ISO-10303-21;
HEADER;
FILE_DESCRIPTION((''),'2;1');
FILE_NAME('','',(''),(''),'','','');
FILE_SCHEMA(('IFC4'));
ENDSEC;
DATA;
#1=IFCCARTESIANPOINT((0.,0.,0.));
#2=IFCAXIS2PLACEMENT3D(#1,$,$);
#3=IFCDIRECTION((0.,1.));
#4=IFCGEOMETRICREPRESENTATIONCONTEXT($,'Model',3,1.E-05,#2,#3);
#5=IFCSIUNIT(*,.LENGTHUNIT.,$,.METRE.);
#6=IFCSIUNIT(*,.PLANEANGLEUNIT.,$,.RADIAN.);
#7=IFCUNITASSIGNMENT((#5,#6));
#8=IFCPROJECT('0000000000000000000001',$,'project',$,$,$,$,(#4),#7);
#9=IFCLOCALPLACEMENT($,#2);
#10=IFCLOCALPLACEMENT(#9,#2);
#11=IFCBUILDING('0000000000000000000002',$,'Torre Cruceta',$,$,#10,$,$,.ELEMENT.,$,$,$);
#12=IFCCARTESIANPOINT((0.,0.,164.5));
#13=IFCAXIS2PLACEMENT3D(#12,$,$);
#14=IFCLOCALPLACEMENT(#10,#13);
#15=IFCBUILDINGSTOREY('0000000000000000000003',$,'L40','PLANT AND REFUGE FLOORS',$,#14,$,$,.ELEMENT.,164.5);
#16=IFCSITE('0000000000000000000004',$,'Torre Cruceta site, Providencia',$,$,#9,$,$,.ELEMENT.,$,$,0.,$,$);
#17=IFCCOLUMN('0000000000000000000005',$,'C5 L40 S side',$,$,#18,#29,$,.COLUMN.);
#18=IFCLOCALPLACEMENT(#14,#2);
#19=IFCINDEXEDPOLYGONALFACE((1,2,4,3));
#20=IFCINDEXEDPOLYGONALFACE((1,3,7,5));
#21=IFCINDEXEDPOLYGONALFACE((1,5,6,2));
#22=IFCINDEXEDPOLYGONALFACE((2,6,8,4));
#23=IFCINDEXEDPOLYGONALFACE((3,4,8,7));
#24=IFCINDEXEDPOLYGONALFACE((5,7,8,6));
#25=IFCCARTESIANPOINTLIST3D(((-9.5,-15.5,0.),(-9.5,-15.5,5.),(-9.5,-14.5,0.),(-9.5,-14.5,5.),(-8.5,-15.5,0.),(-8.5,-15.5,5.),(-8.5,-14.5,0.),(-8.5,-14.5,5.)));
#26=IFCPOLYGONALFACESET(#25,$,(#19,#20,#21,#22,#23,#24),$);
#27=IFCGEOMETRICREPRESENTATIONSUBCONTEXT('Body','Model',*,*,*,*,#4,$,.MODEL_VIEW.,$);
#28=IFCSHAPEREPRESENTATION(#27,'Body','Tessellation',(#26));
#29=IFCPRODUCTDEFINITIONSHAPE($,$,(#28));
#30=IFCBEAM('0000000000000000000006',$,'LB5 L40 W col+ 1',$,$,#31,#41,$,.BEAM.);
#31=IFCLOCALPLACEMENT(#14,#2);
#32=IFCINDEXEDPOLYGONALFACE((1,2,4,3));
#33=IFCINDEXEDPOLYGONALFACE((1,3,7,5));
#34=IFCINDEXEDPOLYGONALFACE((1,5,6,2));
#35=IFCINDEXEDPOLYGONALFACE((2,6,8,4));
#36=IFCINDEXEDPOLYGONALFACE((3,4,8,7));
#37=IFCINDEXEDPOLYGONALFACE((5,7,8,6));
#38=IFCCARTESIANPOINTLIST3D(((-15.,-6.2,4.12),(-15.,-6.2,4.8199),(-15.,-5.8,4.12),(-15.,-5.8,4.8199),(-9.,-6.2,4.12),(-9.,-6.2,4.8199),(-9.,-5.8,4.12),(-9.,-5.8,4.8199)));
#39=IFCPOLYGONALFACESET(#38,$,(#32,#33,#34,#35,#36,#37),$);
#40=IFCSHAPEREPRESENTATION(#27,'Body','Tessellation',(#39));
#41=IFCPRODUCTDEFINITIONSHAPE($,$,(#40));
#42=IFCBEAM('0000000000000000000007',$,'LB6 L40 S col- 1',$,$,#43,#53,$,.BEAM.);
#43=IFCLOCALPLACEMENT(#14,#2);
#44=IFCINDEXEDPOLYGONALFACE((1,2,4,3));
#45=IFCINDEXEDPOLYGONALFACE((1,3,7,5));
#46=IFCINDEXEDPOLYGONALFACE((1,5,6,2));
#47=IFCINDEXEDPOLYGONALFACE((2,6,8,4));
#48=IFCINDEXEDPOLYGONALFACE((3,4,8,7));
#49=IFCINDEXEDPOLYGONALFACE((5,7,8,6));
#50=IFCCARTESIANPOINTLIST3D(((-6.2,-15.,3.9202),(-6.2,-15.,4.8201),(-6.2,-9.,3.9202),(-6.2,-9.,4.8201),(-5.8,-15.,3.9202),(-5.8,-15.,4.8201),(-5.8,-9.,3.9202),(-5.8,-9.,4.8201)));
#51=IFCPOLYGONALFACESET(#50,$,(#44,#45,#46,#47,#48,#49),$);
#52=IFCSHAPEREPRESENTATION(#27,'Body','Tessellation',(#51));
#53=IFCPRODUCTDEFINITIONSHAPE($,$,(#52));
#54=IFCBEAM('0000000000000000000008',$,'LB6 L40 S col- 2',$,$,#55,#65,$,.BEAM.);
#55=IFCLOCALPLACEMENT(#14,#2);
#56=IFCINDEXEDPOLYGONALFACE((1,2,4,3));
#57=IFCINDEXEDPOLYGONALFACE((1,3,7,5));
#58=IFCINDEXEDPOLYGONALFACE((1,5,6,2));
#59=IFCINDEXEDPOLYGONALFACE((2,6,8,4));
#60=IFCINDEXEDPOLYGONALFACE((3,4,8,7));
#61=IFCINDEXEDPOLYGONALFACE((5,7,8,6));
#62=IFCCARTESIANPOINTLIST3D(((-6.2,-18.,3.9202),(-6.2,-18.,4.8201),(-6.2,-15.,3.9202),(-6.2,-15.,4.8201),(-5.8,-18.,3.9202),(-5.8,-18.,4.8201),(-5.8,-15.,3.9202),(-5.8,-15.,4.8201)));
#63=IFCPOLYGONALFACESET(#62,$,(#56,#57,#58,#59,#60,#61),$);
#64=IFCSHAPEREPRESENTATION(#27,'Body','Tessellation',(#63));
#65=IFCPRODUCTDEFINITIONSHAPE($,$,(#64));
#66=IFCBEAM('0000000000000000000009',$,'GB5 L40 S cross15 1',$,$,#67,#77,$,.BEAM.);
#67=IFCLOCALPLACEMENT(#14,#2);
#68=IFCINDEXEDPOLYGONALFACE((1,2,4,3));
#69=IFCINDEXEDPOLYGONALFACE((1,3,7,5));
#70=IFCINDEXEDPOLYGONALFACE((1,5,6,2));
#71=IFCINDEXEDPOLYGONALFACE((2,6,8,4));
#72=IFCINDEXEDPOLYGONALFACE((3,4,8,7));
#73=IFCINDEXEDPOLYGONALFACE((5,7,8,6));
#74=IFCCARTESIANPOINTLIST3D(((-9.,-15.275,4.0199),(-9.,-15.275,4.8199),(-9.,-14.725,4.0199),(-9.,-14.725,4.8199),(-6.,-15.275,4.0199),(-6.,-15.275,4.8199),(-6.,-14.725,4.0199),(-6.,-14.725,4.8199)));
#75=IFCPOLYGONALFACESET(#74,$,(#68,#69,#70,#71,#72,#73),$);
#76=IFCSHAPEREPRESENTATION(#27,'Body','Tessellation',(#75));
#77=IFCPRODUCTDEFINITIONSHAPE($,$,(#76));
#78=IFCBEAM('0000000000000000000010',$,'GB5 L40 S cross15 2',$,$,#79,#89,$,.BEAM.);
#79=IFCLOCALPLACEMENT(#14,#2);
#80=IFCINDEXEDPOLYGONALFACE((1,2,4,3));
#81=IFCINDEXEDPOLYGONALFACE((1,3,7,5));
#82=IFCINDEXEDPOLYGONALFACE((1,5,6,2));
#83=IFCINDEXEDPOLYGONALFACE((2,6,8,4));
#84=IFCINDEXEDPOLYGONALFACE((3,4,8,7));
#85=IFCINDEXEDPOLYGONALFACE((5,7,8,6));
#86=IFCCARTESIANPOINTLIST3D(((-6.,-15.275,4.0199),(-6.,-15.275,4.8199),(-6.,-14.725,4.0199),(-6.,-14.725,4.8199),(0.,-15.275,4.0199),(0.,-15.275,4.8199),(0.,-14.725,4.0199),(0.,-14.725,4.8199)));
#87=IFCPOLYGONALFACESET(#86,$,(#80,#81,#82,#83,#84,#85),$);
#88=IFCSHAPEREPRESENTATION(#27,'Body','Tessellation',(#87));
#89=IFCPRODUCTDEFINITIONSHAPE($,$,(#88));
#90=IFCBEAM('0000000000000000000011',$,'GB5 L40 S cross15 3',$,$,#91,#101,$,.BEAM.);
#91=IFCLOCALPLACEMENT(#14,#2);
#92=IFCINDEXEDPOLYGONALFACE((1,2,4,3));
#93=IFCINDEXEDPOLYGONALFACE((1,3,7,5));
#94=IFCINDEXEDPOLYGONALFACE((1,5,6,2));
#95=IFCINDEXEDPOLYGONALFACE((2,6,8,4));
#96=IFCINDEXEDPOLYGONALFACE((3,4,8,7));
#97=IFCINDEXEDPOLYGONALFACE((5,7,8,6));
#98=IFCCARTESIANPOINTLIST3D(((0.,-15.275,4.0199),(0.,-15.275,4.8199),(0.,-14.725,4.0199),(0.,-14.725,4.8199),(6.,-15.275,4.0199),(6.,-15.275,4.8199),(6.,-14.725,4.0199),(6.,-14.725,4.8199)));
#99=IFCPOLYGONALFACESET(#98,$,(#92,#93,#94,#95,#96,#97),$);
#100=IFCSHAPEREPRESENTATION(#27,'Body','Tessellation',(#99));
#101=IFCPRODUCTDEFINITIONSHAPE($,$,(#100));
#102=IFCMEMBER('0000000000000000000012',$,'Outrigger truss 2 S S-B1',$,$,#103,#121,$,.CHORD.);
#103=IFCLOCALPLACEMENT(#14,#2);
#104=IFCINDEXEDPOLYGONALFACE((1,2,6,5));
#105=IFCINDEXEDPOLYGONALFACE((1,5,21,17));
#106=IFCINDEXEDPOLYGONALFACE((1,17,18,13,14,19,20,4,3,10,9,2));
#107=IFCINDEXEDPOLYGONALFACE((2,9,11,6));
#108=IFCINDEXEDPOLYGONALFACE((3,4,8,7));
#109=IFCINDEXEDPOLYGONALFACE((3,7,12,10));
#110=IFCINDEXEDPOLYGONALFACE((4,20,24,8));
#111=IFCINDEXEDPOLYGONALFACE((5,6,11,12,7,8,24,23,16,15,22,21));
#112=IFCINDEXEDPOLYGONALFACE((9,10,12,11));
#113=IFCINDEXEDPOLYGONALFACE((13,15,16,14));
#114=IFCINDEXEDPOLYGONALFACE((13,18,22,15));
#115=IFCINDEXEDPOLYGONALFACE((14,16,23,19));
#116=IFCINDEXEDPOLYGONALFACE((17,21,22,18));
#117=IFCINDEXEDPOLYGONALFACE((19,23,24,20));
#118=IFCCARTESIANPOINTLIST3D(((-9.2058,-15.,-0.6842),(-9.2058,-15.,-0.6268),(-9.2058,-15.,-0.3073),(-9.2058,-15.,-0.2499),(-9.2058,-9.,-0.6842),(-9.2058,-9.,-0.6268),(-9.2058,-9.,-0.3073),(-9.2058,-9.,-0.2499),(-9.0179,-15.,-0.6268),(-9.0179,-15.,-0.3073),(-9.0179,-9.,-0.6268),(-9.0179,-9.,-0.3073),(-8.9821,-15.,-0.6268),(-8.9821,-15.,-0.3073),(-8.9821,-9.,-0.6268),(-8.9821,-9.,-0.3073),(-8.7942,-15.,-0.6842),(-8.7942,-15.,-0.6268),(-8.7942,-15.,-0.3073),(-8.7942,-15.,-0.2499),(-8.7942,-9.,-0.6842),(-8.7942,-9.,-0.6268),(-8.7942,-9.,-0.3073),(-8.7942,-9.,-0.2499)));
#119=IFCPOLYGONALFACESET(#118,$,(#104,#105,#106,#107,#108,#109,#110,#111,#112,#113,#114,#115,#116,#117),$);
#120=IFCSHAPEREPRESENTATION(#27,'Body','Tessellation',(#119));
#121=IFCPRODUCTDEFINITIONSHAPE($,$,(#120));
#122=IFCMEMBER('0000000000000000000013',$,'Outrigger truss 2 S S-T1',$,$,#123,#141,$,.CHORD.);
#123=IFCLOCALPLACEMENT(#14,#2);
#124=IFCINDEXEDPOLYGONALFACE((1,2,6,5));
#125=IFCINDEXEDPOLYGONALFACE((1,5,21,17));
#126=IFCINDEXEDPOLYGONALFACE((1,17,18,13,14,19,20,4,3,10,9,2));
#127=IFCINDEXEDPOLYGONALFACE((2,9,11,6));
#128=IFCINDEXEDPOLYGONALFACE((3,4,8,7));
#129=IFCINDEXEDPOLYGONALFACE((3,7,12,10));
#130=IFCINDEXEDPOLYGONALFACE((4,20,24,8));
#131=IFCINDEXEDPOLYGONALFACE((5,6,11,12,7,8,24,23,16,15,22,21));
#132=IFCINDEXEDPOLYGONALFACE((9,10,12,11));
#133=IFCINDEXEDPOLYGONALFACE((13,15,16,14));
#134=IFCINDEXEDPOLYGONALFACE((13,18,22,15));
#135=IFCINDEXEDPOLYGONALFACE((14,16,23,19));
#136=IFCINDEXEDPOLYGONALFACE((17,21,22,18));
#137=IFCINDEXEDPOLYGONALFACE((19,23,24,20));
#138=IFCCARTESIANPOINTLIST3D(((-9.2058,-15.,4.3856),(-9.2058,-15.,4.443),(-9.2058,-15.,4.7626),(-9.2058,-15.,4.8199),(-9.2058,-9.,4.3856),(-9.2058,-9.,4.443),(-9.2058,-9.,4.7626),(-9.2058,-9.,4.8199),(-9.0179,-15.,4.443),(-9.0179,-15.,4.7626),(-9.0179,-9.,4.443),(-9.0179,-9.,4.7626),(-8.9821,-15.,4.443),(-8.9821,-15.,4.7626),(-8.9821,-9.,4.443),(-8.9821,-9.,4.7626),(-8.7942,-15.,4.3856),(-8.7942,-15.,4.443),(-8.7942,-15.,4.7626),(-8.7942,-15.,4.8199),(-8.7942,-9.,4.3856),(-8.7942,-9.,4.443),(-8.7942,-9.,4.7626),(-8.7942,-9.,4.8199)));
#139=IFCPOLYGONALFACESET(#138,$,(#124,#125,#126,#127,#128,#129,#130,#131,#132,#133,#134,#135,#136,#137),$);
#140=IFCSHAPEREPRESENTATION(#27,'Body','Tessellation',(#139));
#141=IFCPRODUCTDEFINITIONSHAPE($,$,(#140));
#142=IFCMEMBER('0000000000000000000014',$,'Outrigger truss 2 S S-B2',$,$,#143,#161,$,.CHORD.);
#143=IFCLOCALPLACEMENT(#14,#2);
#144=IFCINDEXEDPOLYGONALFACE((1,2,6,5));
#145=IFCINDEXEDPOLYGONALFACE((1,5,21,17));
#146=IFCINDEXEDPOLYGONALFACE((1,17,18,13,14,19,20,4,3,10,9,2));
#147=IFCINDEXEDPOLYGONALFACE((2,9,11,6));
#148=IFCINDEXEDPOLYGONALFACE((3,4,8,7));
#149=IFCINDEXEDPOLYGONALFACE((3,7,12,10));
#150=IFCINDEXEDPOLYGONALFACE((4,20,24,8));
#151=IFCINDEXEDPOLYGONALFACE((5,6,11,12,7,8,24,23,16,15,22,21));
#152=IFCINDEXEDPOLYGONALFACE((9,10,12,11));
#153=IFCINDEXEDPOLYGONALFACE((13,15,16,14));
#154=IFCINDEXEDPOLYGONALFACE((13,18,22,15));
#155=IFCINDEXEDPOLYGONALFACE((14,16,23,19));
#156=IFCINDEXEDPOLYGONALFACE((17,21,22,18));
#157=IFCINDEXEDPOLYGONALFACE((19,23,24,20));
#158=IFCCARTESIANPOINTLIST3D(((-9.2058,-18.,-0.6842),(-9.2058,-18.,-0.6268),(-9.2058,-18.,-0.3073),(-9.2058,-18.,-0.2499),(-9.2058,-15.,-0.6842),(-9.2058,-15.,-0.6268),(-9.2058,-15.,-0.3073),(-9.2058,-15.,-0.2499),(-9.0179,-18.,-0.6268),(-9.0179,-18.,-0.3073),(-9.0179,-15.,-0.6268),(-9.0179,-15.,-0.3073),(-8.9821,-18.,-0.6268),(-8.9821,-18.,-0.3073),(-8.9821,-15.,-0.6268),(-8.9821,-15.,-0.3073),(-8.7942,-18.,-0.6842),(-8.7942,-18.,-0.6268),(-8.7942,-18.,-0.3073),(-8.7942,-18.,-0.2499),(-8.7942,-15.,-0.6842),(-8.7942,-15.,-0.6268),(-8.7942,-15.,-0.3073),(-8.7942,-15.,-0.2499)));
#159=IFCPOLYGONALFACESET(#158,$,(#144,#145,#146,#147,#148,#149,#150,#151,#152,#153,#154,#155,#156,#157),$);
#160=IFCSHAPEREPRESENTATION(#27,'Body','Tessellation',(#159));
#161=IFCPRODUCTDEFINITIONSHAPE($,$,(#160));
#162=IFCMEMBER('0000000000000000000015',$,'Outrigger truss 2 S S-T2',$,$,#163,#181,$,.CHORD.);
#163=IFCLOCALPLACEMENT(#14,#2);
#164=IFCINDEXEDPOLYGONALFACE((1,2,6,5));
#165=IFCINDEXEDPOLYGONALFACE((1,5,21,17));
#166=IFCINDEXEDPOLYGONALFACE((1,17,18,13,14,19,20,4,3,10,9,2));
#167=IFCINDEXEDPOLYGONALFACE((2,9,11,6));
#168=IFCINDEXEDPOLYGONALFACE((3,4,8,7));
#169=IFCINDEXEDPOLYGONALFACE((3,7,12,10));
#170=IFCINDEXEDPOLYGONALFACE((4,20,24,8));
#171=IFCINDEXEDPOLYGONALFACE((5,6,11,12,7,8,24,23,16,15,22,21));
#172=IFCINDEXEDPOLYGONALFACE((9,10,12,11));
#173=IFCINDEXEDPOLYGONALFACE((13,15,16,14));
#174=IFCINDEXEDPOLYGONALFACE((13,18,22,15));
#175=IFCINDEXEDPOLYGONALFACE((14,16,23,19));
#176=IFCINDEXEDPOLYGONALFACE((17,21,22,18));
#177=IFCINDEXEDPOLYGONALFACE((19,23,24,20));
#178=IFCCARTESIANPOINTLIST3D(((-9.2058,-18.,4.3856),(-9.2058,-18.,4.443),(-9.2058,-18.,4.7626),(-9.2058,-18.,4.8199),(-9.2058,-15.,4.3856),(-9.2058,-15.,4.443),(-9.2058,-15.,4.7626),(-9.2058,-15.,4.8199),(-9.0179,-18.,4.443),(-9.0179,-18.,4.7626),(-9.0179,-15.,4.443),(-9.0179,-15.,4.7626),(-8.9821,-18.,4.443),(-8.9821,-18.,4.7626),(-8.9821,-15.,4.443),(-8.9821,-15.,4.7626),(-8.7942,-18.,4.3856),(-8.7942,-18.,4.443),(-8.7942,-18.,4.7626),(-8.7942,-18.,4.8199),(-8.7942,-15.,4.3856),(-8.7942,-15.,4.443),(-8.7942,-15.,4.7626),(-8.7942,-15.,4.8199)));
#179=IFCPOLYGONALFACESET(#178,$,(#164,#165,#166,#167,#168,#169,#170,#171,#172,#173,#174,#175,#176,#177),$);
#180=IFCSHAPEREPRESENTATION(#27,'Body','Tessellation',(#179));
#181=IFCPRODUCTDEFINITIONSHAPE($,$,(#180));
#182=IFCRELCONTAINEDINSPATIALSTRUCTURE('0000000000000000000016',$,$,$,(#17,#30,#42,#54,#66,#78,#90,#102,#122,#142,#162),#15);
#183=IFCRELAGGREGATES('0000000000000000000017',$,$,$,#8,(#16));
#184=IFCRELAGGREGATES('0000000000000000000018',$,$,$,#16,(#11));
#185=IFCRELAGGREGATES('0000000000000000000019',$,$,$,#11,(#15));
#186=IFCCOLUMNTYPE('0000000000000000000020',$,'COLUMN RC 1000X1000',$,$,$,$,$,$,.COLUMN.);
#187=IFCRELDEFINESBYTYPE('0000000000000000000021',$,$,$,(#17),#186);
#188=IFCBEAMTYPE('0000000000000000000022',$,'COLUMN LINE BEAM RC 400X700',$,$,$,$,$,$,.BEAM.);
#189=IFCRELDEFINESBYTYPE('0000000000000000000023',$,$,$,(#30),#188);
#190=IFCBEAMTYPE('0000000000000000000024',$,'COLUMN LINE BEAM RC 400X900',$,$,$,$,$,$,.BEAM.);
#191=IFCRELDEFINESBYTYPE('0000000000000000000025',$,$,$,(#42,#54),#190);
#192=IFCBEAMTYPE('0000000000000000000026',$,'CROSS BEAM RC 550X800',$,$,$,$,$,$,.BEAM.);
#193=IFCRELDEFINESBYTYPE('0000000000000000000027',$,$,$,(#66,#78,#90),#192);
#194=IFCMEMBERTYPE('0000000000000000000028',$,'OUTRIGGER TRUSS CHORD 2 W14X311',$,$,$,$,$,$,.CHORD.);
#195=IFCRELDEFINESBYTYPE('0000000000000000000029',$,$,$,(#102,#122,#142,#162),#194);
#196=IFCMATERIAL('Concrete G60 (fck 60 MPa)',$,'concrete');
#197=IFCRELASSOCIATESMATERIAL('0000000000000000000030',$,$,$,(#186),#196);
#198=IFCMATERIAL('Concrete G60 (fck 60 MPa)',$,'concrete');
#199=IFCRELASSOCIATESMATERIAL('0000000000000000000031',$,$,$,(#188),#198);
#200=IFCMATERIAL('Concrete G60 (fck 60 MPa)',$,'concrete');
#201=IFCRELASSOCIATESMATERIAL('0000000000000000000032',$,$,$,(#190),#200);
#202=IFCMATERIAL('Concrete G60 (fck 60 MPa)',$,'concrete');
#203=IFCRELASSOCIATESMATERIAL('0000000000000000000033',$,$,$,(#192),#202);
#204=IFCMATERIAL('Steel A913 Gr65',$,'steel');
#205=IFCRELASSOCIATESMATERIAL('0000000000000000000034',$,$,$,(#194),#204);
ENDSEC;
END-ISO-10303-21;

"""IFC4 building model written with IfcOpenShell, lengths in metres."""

from ifc_helpers import new_model, si_unit, direction, frame, origin, origin_2d, place, context, subcontext, project, spatial, rectangle, i_section, extrude, material, material_profile, profile_set, type_object, element, save


model = new_model("IFC4")

# Units and contexts
model_context = context("Model", 3, precision=1e-05, world=origin(), true_north=direction((0.0, 1.0)))
body_context = subcontext(model_context, "Body", "Model", "MODEL_VIEW")
ifc_project = project(units=[si_unit("LENGTHUNIT", "METRE"), si_unit("PLANEANGLEUNIT", "RADIAN")], contexts=[model_context])

# Site, building, storey
site_placement = place(None, origin())
site = spatial("IfcSite", under=ifc_project, at=site_placement, Name="Torre Cruceta site, Providencia", CompositionType="ELEMENT", RefElevation=0.0)
building_placement = place(site_placement, origin())
building = spatial("IfcBuilding", under=site, at=building_placement, Name="Torre Cruceta", CompositionType="ELEMENT")
storey_placement = place(building_placement, frame((0.0, 0.0, 164.5)))
storey = spatial("IfcBuildingStorey", under=building, at=storey_placement, Name="L40", Description="PLANT AND REFUGE FLOORS", CompositionType="ELEMENT", Elevation=164.5)

# Column
ifc_material_1 = material(Name="Concrete G60 (fck 60 MPa)", Category="concrete")
ifc_material_profile_1 = material_profile(ifc_material_1, rectangle(XDim=1.0, YDim=1.0, at=origin_2d()), Name="RC 1000X1000")
ifc_profile_set_1 = profile_set([ifc_material_profile_1], Name="Concrete G60 (fck 60 MPa)")
column_type = type_object("IfcColumnType", Name="COLUMN RC 1000X1000", PredefinedType="COLUMN", material=ifc_profile_set_1)
column_placement = place(storey_placement, frame((-9.0, -15.0, 0.0), z_axis=(0.0, 0.0, 1.0), x_axis=(1.0, 0.0, 0.0)))
element("IfcColumn", 1, at=column_placement, inside=storey, type_object=column_type, Name="C5 L40 S side", PredefinedType="COLUMN", context=body_context, shape_type="SweptSolid", body=[
    extrude(rectangle(XDim=1.0, YDim=1.0, at=origin_2d()), origin(), (0.0, 0.0, 1.0), 5.0),
])

# Beams
ifc_material_2 = material(Name="Concrete G60 (fck 60 MPa)", Category="concrete")
ifc_material_profile_2 = material_profile(ifc_material_2, rectangle(XDim=0.3999, YDim=0.7, at=origin_2d()), Name="RC 400X700")
ifc_profile_set_2 = profile_set([ifc_material_profile_2], Name="Concrete G60 (fck 60 MPa)")
beam_type_1 = type_object("IfcBeamType", Name="COLUMN LINE BEAM RC 400X700", PredefinedType="BEAM", material=ifc_profile_set_2)
beam_1_placement = place(storey_placement, frame((-9.0, -6.0, 4.47), z_axis=(-1.0, 0.0, 0.0), x_axis=(0.0, -1.0, 0.0)))
element("IfcBeam", 2, at=beam_1_placement, inside=storey, type_object=beam_type_1, Name="LB5 L40 W col+ 1", PredefinedType="BEAM", context=body_context, shape_type="SweptSolid", body=[
    extrude(rectangle(XDim=0.3999, YDim=0.7, at=origin_2d()), origin(), (0.0, 0.0, 1.0), 6.0),
])
ifc_material_3 = material(Name="Concrete G60 (fck 60 MPa)", Category="concrete")
ifc_material_profile_3 = material_profile(ifc_material_3, rectangle(XDim=0.3999, YDim=0.8999, at=origin_2d()), Name="RC 400X900")
ifc_profile_set_3 = profile_set([ifc_material_profile_3], Name="Concrete G60 (fck 60 MPa)")
beam_type_2 = type_object("IfcBeamType", Name="COLUMN LINE BEAM RC 400X900", PredefinedType="BEAM", material=ifc_profile_set_3)
beam_2_placement = place(storey_placement, frame((-6.0, -9.0, 4.3701), z_axis=(0.0, -1.0, 0.0), x_axis=(1.0, 0.0, 0.0)))
element("IfcBeam", 3, at=beam_2_placement, inside=storey, type_object=beam_type_2, Name="LB6 L40 S col- 1", PredefinedType="BEAM", context=body_context, shape_type="SweptSolid", body=[
    extrude(rectangle(XDim=0.3999, YDim=0.8999, at=origin_2d()), origin(), (0.0, 0.0, 1.0), 6.0),
])
beam_3_placement = place(storey_placement, frame((-6.0, -15.0, 4.3701), z_axis=(0.0, -1.0, 0.0), x_axis=(1.0, 0.0, 0.0)))
element("IfcBeam", 4, at=beam_3_placement, inside=storey, type_object=beam_type_2, Name="LB6 L40 S col- 2", PredefinedType="BEAM", context=body_context, shape_type="SweptSolid", body=[
    extrude(rectangle(XDim=0.3999, YDim=0.8999, at=origin_2d()), origin(), (0.0, 0.0, 1.0), 3.0),
])
ifc_material_4 = material(Name="Concrete G60 (fck 60 MPa)", Category="concrete")
ifc_material_profile_4 = material_profile(ifc_material_4, rectangle(XDim=0.55, YDim=0.8, at=origin_2d()), Name="RC 550X800")
ifc_profile_set_4 = profile_set([ifc_material_profile_4], Name="Concrete G60 (fck 60 MPa)")
beam_type_3 = type_object("IfcBeamType", Name="CROSS BEAM RC 550X800", PredefinedType="BEAM", material=ifc_profile_set_4)
beam_4_placement = place(storey_placement, frame((-9.0, -15.0, 4.4199), z_axis=(1.0, 0.0, 0.0), x_axis=(0.0, 1.0, 0.0)))
element("IfcBeam", 5, at=beam_4_placement, inside=storey, type_object=beam_type_3, Name="GB5 L40 S cross15 1", PredefinedType="BEAM", context=body_context, shape_type="SweptSolid", body=[
    extrude(rectangle(XDim=0.55, YDim=0.8, at=origin_2d()), origin(), (0.0, 0.0, 1.0), 3.0),
])
for number, where, z_axis, x_axis, name in (
    (6, (-6.0, -15.0, 4.4199), (1.0, 0.0, 0.0), (0.0, 1.0, 0.0), "GB5 L40 S cross15 2"),
    (7, (0.0, -15.0, 4.4199), (1.0, 0.0, 0.0), (0.0, 1.0, 0.0), "GB5 L40 S cross15 3"),
):
    element("IfcBeam", number, at=place(storey_placement, frame(where, z_axis=z_axis, x_axis=x_axis)), inside=storey, type_object=beam_type_3, Name=name, PredefinedType="BEAM", context=body_context, shape_type="SweptSolid", body=[
        extrude(rectangle(XDim=0.55, YDim=0.8, at=origin_2d()), origin(), (0.0, 0.0, 1.0), 6.0),
    ])

# Members
ifc_material_5 = material(Name="Steel A913 Gr65", Category="steel")
ifc_material_profile_5 = material_profile(ifc_material_5, i_section(OverallWidth=0.4116, OverallDepth=0.4343, WebThickness=0.0359, FlangeThickness=0.0574, at=origin_2d()), Name="W14X311")
ifc_profile_set_5 = profile_set([ifc_material_profile_5], Name="Steel A913 Gr65")
member_type_1 = type_object("IfcMemberType", Name="OUTRIGGER TRUSS CHORD 2 W14X311", PredefinedType="CHORD", material=ifc_profile_set_5)
for number, where, z_axis, x_axis, name in (
    (8, (-9.0, -9.0, -0.467), (0.0, -1.0, 0.0), (1.0, 0.0, 0.0), "Outrigger truss 2 S S-B1"),
    (9, (-9.0, -9.0, 4.6028), (0.0, -1.0, 0.0), (1.0, 0.0, 0.0), "Outrigger truss 2 S S-T1"),
):
    element("IfcMember", number, at=place(storey_placement, frame(where, z_axis=z_axis, x_axis=x_axis)), inside=storey, type_object=member_type_1, Name=name, PredefinedType="CHORD", context=body_context, shape_type="SweptSolid", body=[
        extrude(i_section(OverallWidth=0.4116, OverallDepth=0.4343, WebThickness=0.0359, FlangeThickness=0.0574, at=origin_2d()), origin(), (0.0, 0.0, 1.0), 6.0),
    ])
for number, where, z_axis, x_axis, name in (
    (10, (-9.0, -15.0, -0.467), (0.0, -1.0, 0.0), (1.0, 0.0, 0.0), "Outrigger truss 2 S S-B2"),
    (11, (-9.0, -15.0, 4.6028), (0.0, -1.0, 0.0), (1.0, 0.0, 0.0), "Outrigger truss 2 S S-T2"),
):
    element("IfcMember", number, at=place(storey_placement, frame(where, z_axis=z_axis, x_axis=x_axis)), inside=storey, type_object=member_type_1, Name=name, PredefinedType="CHORD", context=body_context, shape_type="SweptSolid", body=[
        extrude(i_section(OverallWidth=0.4116, OverallDepth=0.4343, WebThickness=0.0359, FlangeThickness=0.0574, at=origin_2d()), origin(), (0.0, 0.0, 1.0), 3.0),
    ])

save(model, "model.ifc")
